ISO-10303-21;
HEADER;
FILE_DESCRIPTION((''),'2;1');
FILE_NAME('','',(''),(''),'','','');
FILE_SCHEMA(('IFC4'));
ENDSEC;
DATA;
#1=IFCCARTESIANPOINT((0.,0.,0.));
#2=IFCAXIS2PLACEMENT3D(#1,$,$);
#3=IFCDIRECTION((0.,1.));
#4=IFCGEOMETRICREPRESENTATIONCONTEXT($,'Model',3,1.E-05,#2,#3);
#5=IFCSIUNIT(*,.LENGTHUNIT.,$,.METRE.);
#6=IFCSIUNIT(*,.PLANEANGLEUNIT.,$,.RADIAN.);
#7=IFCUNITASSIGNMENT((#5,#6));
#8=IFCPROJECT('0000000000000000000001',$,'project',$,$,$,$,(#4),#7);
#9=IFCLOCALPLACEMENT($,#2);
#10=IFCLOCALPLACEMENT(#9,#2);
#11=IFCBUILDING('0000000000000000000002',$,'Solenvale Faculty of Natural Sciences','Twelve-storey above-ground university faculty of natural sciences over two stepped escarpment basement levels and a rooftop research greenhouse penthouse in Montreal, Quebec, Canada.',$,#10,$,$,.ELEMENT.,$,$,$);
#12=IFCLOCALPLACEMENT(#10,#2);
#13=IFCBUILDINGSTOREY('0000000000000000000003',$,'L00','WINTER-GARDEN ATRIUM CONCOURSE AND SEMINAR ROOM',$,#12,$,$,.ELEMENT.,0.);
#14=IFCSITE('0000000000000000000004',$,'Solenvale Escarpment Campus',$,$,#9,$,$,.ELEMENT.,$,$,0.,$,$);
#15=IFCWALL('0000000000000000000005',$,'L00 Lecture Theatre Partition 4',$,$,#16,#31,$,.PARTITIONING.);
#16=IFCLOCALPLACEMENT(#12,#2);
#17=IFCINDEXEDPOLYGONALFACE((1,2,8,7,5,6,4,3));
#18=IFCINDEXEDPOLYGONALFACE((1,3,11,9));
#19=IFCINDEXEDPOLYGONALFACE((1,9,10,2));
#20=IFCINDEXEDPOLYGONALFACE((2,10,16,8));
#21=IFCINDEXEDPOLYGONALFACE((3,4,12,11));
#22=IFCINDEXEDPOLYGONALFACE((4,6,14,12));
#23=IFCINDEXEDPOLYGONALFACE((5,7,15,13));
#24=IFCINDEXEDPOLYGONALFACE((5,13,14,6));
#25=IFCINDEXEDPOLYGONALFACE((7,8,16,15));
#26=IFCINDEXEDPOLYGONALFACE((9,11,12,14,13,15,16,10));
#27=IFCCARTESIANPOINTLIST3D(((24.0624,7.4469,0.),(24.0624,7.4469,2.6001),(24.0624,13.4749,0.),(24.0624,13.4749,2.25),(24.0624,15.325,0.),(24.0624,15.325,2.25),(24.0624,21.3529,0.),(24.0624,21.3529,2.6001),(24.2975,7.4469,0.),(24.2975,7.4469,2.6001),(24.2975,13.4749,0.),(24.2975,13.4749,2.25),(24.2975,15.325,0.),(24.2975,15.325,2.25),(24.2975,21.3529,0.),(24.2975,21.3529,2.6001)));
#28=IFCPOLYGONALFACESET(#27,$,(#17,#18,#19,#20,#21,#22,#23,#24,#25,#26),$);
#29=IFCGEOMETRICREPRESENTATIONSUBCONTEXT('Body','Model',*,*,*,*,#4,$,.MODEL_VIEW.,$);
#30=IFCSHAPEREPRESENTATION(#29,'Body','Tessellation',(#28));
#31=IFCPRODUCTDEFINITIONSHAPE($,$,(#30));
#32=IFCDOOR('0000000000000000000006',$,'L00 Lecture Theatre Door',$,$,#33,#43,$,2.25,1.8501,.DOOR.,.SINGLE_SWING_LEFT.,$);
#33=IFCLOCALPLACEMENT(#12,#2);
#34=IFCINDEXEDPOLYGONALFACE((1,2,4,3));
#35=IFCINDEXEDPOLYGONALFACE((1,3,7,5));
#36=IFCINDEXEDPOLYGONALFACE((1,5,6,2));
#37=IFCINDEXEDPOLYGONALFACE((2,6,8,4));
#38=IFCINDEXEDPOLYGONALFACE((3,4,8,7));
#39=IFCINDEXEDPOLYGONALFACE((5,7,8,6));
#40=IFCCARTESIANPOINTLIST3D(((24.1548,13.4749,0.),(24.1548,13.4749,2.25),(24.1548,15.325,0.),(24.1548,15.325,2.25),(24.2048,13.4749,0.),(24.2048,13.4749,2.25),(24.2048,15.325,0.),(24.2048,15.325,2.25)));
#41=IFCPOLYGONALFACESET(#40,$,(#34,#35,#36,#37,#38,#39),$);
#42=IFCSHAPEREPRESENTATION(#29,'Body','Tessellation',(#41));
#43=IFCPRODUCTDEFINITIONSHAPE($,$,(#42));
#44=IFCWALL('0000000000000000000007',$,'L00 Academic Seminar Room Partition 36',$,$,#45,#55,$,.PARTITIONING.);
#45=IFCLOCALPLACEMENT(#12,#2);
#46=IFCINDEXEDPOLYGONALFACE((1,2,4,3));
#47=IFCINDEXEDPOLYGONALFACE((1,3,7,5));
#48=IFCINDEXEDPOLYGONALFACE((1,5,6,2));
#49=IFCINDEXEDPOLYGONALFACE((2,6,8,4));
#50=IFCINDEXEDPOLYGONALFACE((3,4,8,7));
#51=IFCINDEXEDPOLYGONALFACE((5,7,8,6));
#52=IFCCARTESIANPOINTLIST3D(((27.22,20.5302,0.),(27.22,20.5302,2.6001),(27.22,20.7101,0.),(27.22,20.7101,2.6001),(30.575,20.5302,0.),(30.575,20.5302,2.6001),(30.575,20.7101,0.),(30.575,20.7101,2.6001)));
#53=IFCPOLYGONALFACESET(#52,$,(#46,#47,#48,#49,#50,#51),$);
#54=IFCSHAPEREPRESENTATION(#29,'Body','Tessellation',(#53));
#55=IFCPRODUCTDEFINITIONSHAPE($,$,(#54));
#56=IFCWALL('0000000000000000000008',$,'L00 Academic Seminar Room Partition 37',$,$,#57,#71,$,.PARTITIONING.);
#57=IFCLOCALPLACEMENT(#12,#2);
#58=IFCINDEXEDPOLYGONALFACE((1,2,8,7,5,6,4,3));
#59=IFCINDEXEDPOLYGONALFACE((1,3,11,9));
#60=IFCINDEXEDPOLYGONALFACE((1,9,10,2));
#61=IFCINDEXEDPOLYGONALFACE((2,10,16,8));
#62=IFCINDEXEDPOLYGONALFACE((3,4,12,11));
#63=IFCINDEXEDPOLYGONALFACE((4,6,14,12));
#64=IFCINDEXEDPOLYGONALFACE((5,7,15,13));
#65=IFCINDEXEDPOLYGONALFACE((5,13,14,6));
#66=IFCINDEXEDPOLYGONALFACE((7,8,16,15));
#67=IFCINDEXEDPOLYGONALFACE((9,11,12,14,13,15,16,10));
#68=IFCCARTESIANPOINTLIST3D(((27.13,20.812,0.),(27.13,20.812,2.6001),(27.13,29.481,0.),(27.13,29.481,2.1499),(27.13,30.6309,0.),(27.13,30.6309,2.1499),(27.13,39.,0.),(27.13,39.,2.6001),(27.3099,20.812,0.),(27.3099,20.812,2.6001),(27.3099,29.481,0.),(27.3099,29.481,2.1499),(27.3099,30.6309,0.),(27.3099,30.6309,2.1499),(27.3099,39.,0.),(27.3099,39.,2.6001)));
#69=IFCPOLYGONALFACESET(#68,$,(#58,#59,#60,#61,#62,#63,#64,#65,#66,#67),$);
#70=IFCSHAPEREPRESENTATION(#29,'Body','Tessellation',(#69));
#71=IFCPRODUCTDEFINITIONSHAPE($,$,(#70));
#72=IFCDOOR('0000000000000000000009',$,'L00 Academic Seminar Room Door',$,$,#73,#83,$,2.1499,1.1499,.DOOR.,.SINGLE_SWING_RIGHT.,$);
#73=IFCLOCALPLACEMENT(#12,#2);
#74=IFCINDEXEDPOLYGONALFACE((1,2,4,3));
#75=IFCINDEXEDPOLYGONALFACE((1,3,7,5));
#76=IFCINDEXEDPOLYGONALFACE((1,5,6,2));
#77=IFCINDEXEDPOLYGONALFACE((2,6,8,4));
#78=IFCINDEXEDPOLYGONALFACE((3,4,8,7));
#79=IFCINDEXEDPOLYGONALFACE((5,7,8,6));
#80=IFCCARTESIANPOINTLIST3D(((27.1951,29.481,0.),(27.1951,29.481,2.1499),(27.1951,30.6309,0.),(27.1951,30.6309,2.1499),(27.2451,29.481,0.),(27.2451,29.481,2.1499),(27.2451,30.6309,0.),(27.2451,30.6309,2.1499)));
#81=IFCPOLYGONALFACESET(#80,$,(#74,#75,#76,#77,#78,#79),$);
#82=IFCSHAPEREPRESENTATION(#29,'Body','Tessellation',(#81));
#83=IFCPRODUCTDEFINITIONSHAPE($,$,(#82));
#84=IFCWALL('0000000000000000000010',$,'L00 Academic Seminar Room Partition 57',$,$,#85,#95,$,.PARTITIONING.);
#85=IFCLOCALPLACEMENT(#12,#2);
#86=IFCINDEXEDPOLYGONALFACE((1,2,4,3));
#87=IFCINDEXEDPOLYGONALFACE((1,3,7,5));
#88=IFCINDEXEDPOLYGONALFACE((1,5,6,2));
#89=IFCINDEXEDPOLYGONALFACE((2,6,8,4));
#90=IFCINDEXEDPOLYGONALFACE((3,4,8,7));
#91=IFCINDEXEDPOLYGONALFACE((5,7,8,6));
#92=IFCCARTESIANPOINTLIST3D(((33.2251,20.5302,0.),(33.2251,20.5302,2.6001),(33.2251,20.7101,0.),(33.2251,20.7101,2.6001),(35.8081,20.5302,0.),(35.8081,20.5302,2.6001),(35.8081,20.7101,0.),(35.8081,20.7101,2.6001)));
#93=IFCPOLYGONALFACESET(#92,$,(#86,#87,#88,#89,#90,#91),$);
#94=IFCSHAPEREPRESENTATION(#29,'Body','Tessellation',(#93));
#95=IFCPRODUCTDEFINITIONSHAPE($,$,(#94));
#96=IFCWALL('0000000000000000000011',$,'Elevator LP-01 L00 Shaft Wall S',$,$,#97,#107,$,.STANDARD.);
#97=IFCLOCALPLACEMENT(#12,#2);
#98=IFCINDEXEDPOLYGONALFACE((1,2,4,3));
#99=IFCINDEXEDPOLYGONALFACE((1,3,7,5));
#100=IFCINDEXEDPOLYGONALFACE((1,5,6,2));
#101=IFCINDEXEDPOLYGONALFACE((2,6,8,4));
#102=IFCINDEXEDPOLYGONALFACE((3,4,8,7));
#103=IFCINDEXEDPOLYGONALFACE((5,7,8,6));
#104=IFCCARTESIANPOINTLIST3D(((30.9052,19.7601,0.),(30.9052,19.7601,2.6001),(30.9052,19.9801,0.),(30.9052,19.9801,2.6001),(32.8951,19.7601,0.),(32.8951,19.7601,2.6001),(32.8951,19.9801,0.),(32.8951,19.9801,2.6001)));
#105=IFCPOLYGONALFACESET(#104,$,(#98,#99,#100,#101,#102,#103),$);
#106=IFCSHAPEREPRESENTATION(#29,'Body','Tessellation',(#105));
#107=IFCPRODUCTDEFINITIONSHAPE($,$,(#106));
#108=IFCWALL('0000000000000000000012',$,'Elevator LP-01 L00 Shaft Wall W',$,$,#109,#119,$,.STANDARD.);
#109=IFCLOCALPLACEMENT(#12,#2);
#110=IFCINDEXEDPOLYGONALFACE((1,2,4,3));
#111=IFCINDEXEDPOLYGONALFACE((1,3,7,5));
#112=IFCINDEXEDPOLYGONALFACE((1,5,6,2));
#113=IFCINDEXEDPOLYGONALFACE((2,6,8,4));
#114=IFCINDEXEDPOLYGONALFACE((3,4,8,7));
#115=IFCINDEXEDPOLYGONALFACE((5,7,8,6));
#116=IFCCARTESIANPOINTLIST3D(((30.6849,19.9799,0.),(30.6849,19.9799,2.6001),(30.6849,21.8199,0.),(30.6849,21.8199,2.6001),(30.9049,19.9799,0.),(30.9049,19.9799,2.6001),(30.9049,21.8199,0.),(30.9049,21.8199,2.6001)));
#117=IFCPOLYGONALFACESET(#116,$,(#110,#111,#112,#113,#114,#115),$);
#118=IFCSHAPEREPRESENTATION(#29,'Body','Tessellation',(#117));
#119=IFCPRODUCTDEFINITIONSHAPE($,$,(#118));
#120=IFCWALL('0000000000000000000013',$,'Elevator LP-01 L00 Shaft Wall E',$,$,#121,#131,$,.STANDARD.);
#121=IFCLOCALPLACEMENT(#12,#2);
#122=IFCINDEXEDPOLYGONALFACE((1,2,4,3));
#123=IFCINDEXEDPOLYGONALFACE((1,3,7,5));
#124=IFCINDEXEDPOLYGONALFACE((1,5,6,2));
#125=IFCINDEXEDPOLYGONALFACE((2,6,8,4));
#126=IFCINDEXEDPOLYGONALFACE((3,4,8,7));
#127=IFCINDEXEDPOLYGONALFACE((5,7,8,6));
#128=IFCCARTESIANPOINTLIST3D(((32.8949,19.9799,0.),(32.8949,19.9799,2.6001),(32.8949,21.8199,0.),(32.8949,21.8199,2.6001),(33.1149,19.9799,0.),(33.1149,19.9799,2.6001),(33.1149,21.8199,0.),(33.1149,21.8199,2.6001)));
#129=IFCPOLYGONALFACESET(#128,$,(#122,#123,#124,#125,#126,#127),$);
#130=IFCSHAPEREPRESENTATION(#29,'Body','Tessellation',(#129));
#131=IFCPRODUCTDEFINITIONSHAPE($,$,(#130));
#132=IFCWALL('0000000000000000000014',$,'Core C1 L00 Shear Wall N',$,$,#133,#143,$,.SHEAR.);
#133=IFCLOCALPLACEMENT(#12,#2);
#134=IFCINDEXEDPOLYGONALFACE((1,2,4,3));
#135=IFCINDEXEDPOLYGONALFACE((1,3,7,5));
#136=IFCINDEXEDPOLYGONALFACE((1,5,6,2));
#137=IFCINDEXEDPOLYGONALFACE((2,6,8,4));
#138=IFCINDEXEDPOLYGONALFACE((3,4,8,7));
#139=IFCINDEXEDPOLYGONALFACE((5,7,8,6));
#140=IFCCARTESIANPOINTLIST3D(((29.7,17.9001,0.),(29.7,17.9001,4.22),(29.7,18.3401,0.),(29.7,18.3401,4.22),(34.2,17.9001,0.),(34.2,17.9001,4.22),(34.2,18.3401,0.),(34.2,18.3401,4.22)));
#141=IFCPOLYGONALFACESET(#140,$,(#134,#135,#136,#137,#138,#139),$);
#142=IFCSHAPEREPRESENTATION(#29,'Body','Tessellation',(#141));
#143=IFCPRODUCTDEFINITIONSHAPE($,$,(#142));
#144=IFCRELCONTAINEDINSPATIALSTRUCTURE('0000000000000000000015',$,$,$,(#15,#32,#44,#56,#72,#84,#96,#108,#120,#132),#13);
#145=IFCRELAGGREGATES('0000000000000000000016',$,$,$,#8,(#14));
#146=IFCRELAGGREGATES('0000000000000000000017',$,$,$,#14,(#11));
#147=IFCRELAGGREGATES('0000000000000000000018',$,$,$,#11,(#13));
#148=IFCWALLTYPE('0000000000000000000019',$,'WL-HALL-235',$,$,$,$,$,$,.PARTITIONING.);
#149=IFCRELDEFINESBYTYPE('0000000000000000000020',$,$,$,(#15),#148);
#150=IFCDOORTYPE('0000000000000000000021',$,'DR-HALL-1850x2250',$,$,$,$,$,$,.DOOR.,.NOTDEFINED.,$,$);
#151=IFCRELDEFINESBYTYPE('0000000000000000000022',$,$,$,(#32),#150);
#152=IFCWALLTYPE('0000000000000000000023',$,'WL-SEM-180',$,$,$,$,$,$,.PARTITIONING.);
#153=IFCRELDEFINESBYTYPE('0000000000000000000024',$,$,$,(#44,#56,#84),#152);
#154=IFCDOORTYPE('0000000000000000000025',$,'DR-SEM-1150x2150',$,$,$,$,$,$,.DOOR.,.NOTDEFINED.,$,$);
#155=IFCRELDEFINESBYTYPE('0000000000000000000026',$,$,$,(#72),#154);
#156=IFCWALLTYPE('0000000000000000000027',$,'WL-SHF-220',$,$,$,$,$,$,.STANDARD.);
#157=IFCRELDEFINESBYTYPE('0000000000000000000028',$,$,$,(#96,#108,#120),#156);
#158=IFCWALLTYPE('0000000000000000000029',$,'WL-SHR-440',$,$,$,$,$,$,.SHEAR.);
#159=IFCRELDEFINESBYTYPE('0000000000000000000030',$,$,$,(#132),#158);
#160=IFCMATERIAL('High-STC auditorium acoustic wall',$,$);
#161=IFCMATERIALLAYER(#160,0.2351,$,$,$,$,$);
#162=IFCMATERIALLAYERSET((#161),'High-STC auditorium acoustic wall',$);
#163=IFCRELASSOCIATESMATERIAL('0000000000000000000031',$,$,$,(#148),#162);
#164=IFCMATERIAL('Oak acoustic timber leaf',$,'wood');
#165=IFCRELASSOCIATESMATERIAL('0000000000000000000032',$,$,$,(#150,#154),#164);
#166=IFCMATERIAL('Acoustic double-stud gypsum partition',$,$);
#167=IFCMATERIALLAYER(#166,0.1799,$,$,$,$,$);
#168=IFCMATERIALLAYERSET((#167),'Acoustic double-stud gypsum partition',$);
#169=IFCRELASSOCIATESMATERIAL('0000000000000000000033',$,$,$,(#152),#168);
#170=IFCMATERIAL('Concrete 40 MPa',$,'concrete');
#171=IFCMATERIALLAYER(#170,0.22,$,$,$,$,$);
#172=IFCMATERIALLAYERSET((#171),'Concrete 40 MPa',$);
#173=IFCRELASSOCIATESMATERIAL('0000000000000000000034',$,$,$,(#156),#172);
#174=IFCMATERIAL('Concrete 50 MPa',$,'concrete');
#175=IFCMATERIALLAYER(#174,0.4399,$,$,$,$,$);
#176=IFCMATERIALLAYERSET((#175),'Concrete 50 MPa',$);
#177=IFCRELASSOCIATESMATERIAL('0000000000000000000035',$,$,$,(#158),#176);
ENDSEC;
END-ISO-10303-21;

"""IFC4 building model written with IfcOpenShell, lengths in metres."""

from ifc_helpers import new_model, si_unit, direction, frame, frame_2d, origin, place, context, subcontext, project, spatial, rectangle, extrude, material, layer, layer_set, type_object, element, fill, save


model = new_model("IFC4")

# Units and contexts
model_context = context("Model", 3, precision=1e-05, world=origin(), true_north=direction((0.0, 1.0)))
body_context = subcontext(model_context, "Body", "Model", "MODEL_VIEW")
ifc_project = project(units=[si_unit("LENGTHUNIT", "METRE"), si_unit("PLANEANGLEUNIT", "RADIAN")], contexts=[model_context])

# Site, building, storey
site_placement = place(None, origin())
site = spatial("IfcSite", under=ifc_project, at=site_placement, Name="Solenvale Escarpment Campus", CompositionType="ELEMENT", RefElevation=0.0)
building_placement = place(site_placement, origin())
building = spatial("IfcBuilding", under=site, at=building_placement, Name="Solenvale Faculty of Natural Sciences", Description="Twelve-storey above-ground university faculty of natural sciences over two stepped escarpment basement levels and a rooftop research greenhouse penthouse in Montreal, Quebec, Canada.", CompositionType="ELEMENT")
storey_placement = place(building_placement, origin())
storey = spatial("IfcBuildingStorey", under=building, at=storey_placement, Name="L00", Description="WINTER-GARDEN ATRIUM CONCOURSE AND SEMINAR ROOM", CompositionType="ELEMENT", Elevation=0.0)

# Shared definitions
ifc_material_1 = material(Name="Concrete 50 MPa", Category="concrete")

# Shared definitions
ifc_material_2 = material(Name="Concrete 40 MPa", Category="concrete")

# Wall, opening, door
ifc_material_3 = material(Name="High-STC auditorium acoustic wall")
ifc_layer_1 = layer(ifc_material_3, 0.2351)
ifc_layer_set_1 = layer_set([ifc_layer_1], Name="High-STC auditorium acoustic wall")
wall_type_1 = type_object("IfcWallType", Name="WL-HALL-235", PredefinedType="PARTITIONING", material=ifc_layer_set_1)
wall_1_placement = place(storey_placement, frame((24.1799, 21.353, 0.0), z_axis=(0.0, 0.0, 1.0), x_axis=(0.0, -1.0, 0.0)))
wall_1 = element("IfcWall", 1, at=wall_1_placement, inside=storey, type_object=wall_type_1, Name="L00 Lecture Theatre Partition 4", PredefinedType="PARTITIONING", context=body_context, shape_type="SweptSolid", body=[
    extrude(rectangle(XDim=13.906, YDim=0.2351, at=frame_2d((6.9531, 0.0))), origin(), (0.0, 0.0, 1.0), 2.6001),
])
opening_1_placement = place(wall_1_placement, frame((6.0281, 0.0, 0.0)))
opening_1 = element("IfcOpeningElement", 2, at=opening_1_placement, cuts=wall_1, PredefinedType="OPENING", context=body_context, shape_type="SweptSolid", body=[
    extrude(rectangle(XDim=1.8501, YDim=2.25, at=frame_2d((0.925, 1.125))), frame((0.0, 0.1274, 0.0), z_axis=(0.0, -1.0, 0.0), x_axis=(1.0, 0.0, 0.0)), (0.0, 0.0, 1.0), 0.2551),
])
ifc_material_4 = material(Name="Oak acoustic timber leaf", Category="wood")
door_type_1 = type_object("IfcDoorType", Name="DR-HALL-1850x2250", OperationType="NOTDEFINED", PredefinedType="DOOR", material=ifc_material_4)
door_1_placement = place(opening_1_placement, origin())
door_1 = element("IfcDoor", 3, at=door_1_placement, inside=storey, type_object=door_type_1, Name="L00 Lecture Theatre Door", OperationType="SINGLE_SWING_LEFT", OverallHeight=2.25, OverallWidth=1.8501, PredefinedType="DOOR", context=body_context, shape_type="SweptSolid", body=[
    extrude(rectangle(XDim=1.8501, YDim=2.25, at=frame_2d((0.925, 1.125))), frame((0.0, 0.0249, 0.0), z_axis=(0.0, -1.0, 0.0), x_axis=(1.0, 0.0, 0.0)), (0.0, 0.0, 1.0), 0.05),
])
fill(opening_1, door_1)
ifc_material_5 = material(Name="Acoustic double-stud gypsum partition")

# Wall
ifc_layer_2 = layer(ifc_material_5, 0.1799)
ifc_layer_set_2 = layer_set([ifc_layer_2], Name="Acoustic double-stud gypsum partition")
wall_type_2 = type_object("IfcWallType", Name="WL-SEM-180", PredefinedType="PARTITIONING", material=ifc_layer_set_2)
wall_2_placement = place(storey_placement, frame((30.575, 20.6201, 0.0), z_axis=(0.0, 0.0, 1.0), x_axis=(-1.0, 0.0, 0.0)))
element("IfcWall", 4, at=wall_2_placement, inside=storey, type_object=wall_type_2, Name="L00 Academic Seminar Room Partition 36", PredefinedType="PARTITIONING", context=body_context, shape_type="SweptSolid", body=[
    extrude(rectangle(XDim=3.355, YDim=0.1799, at=frame_2d((1.6775, 0.0))), origin(), (0.0, 0.0, 1.0), 2.6001),
])

# Wall, opening, door
wall_3_placement = place(storey_placement, frame((27.22, 20.812, 0.0), z_axis=(0.0, 0.0, 1.0), x_axis=(0.0, 1.0, 0.0)))
wall_3 = element("IfcWall", 5, at=wall_3_placement, inside=storey, type_object=wall_type_2, Name="L00 Academic Seminar Room Partition 37", PredefinedType="PARTITIONING", context=body_context, shape_type="SweptSolid", body=[
    extrude(rectangle(XDim=18.188, YDim=0.1799, at=frame_2d((9.094, 0.0))), origin(), (0.0, 0.0, 1.0), 2.6001),
])
opening_2_placement = place(wall_3_placement, frame((8.6689, 0.0, 0.0)))
opening_2 = element("IfcOpeningElement", 6, at=opening_2_placement, cuts=wall_3, PredefinedType="OPENING", context=body_context, shape_type="SweptSolid", body=[
    extrude(rectangle(XDim=1.1499, YDim=2.1499, at=frame_2d((0.575, 1.075))), frame((0.0, 0.0999, 0.0), z_axis=(0.0, -1.0, 0.0), x_axis=(1.0, 0.0, 0.0)), (0.0, 0.0, 1.0), 0.2),
])
door_type_2 = type_object("IfcDoorType", Name="DR-SEM-1150x2150", OperationType="NOTDEFINED", PredefinedType="DOOR", material=ifc_material_4)
door_2_placement = place(opening_2_placement, origin())
door_2 = element("IfcDoor", 7, at=door_2_placement, inside=storey, type_object=door_type_2, Name="L00 Academic Seminar Room Door", OperationType="SINGLE_SWING_RIGHT", OverallHeight=2.1499, OverallWidth=1.1499, PredefinedType="DOOR", context=body_context, shape_type="SweptSolid", body=[
    extrude(rectangle(XDim=1.1499, YDim=2.1499, at=frame_2d((0.575, 1.075))), frame((0.0, 0.0249, 0.0), z_axis=(0.0, -1.0, 0.0), x_axis=(1.0, 0.0, 0.0)), (0.0, 0.0, 1.0), 0.05),
])
fill(opening_2, door_2)

# Walls
wall_4_placement = place(storey_placement, frame((35.8081, 20.6201, 0.0), z_axis=(0.0, 0.0, 1.0), x_axis=(-1.0, 0.0, 0.0)))
element("IfcWall", 8, at=wall_4_placement, inside=storey, type_object=wall_type_2, Name="L00 Academic Seminar Room Partition 57", PredefinedType="PARTITIONING", context=body_context, shape_type="SweptSolid", body=[
    extrude(rectangle(XDim=2.583, YDim=0.1799, at=frame_2d((1.2915, 0.0))), origin(), (0.0, 0.0, 1.0), 2.6001),
])
ifc_layer_3 = layer(ifc_material_2, 0.22)
ifc_layer_set_3 = layer_set([ifc_layer_3], Name="Concrete 40 MPa")
wall_type_3 = type_object("IfcWallType", Name="WL-SHF-220", PredefinedType="STANDARD", material=ifc_layer_set_3)
wall_5_placement = place(storey_placement, frame((30.905, 19.8701, 0.0), z_axis=(0.0, 0.0, 1.0), x_axis=(1.0, 0.0, 0.0)))
element("IfcWall", 9, at=wall_5_placement, inside=storey, type_object=wall_type_3, Name="Elevator LP-01 L00 Shaft Wall S", PredefinedType="STANDARD", context=body_context, shape_type="SweptSolid", body=[
    extrude(rectangle(XDim=1.99, YDim=0.22, at=frame_2d((0.9951, 0.0))), origin(), (0.0, 0.0, 1.0), 2.6001),
])

# Walls
for number, where, z_axis, x_axis, name in (
    (10, (30.7949, 19.98, 0.0), (0.0, 0.0, 1.0), (0.0, 1.0, 0.0), "Elevator LP-01 L00 Shaft Wall W"),
    (11, (33.0049, 19.98, 0.0), (0.0, 0.0, 1.0), (0.0, 1.0, 0.0), "Elevator LP-01 L00 Shaft Wall E"),
):
    element("IfcWall", number, at=place(storey_placement, frame(where, z_axis=z_axis, x_axis=x_axis)), inside=storey, type_object=wall_type_3, Name=name, PredefinedType="STANDARD", context=body_context, shape_type="SweptSolid", body=[
        extrude(rectangle(XDim=1.8401, YDim=0.22, at=frame_2d((0.9199, 0.0))), origin(), (0.0, 0.0, 1.0), 2.6001),
    ])
ifc_layer_4 = layer(ifc_material_1, 0.4399)
ifc_layer_set_4 = layer_set([ifc_layer_4], Name="Concrete 50 MPa")
wall_type_4 = type_object("IfcWallType", Name="WL-SHR-440", PredefinedType="SHEAR", material=ifc_layer_set_4)
wall_6_placement = place(storey_placement, frame((29.7, 18.1201, 0.0), z_axis=(0.0, 0.0, 1.0), x_axis=(1.0, 0.0, 0.0)))
element("IfcWall", 12, at=wall_6_placement, inside=storey, type_object=wall_type_4, Name="Core C1 L00 Shear Wall N", PredefinedType="SHEAR", context=body_context, shape_type="SweptSolid", body=[
    extrude(rectangle(XDim=4.5, YDim=0.4399, at=frame_2d((2.25, 0.0))), origin(), (0.0, 0.0, 1.0), 4.22),
])

save(model, "model.ifc")
